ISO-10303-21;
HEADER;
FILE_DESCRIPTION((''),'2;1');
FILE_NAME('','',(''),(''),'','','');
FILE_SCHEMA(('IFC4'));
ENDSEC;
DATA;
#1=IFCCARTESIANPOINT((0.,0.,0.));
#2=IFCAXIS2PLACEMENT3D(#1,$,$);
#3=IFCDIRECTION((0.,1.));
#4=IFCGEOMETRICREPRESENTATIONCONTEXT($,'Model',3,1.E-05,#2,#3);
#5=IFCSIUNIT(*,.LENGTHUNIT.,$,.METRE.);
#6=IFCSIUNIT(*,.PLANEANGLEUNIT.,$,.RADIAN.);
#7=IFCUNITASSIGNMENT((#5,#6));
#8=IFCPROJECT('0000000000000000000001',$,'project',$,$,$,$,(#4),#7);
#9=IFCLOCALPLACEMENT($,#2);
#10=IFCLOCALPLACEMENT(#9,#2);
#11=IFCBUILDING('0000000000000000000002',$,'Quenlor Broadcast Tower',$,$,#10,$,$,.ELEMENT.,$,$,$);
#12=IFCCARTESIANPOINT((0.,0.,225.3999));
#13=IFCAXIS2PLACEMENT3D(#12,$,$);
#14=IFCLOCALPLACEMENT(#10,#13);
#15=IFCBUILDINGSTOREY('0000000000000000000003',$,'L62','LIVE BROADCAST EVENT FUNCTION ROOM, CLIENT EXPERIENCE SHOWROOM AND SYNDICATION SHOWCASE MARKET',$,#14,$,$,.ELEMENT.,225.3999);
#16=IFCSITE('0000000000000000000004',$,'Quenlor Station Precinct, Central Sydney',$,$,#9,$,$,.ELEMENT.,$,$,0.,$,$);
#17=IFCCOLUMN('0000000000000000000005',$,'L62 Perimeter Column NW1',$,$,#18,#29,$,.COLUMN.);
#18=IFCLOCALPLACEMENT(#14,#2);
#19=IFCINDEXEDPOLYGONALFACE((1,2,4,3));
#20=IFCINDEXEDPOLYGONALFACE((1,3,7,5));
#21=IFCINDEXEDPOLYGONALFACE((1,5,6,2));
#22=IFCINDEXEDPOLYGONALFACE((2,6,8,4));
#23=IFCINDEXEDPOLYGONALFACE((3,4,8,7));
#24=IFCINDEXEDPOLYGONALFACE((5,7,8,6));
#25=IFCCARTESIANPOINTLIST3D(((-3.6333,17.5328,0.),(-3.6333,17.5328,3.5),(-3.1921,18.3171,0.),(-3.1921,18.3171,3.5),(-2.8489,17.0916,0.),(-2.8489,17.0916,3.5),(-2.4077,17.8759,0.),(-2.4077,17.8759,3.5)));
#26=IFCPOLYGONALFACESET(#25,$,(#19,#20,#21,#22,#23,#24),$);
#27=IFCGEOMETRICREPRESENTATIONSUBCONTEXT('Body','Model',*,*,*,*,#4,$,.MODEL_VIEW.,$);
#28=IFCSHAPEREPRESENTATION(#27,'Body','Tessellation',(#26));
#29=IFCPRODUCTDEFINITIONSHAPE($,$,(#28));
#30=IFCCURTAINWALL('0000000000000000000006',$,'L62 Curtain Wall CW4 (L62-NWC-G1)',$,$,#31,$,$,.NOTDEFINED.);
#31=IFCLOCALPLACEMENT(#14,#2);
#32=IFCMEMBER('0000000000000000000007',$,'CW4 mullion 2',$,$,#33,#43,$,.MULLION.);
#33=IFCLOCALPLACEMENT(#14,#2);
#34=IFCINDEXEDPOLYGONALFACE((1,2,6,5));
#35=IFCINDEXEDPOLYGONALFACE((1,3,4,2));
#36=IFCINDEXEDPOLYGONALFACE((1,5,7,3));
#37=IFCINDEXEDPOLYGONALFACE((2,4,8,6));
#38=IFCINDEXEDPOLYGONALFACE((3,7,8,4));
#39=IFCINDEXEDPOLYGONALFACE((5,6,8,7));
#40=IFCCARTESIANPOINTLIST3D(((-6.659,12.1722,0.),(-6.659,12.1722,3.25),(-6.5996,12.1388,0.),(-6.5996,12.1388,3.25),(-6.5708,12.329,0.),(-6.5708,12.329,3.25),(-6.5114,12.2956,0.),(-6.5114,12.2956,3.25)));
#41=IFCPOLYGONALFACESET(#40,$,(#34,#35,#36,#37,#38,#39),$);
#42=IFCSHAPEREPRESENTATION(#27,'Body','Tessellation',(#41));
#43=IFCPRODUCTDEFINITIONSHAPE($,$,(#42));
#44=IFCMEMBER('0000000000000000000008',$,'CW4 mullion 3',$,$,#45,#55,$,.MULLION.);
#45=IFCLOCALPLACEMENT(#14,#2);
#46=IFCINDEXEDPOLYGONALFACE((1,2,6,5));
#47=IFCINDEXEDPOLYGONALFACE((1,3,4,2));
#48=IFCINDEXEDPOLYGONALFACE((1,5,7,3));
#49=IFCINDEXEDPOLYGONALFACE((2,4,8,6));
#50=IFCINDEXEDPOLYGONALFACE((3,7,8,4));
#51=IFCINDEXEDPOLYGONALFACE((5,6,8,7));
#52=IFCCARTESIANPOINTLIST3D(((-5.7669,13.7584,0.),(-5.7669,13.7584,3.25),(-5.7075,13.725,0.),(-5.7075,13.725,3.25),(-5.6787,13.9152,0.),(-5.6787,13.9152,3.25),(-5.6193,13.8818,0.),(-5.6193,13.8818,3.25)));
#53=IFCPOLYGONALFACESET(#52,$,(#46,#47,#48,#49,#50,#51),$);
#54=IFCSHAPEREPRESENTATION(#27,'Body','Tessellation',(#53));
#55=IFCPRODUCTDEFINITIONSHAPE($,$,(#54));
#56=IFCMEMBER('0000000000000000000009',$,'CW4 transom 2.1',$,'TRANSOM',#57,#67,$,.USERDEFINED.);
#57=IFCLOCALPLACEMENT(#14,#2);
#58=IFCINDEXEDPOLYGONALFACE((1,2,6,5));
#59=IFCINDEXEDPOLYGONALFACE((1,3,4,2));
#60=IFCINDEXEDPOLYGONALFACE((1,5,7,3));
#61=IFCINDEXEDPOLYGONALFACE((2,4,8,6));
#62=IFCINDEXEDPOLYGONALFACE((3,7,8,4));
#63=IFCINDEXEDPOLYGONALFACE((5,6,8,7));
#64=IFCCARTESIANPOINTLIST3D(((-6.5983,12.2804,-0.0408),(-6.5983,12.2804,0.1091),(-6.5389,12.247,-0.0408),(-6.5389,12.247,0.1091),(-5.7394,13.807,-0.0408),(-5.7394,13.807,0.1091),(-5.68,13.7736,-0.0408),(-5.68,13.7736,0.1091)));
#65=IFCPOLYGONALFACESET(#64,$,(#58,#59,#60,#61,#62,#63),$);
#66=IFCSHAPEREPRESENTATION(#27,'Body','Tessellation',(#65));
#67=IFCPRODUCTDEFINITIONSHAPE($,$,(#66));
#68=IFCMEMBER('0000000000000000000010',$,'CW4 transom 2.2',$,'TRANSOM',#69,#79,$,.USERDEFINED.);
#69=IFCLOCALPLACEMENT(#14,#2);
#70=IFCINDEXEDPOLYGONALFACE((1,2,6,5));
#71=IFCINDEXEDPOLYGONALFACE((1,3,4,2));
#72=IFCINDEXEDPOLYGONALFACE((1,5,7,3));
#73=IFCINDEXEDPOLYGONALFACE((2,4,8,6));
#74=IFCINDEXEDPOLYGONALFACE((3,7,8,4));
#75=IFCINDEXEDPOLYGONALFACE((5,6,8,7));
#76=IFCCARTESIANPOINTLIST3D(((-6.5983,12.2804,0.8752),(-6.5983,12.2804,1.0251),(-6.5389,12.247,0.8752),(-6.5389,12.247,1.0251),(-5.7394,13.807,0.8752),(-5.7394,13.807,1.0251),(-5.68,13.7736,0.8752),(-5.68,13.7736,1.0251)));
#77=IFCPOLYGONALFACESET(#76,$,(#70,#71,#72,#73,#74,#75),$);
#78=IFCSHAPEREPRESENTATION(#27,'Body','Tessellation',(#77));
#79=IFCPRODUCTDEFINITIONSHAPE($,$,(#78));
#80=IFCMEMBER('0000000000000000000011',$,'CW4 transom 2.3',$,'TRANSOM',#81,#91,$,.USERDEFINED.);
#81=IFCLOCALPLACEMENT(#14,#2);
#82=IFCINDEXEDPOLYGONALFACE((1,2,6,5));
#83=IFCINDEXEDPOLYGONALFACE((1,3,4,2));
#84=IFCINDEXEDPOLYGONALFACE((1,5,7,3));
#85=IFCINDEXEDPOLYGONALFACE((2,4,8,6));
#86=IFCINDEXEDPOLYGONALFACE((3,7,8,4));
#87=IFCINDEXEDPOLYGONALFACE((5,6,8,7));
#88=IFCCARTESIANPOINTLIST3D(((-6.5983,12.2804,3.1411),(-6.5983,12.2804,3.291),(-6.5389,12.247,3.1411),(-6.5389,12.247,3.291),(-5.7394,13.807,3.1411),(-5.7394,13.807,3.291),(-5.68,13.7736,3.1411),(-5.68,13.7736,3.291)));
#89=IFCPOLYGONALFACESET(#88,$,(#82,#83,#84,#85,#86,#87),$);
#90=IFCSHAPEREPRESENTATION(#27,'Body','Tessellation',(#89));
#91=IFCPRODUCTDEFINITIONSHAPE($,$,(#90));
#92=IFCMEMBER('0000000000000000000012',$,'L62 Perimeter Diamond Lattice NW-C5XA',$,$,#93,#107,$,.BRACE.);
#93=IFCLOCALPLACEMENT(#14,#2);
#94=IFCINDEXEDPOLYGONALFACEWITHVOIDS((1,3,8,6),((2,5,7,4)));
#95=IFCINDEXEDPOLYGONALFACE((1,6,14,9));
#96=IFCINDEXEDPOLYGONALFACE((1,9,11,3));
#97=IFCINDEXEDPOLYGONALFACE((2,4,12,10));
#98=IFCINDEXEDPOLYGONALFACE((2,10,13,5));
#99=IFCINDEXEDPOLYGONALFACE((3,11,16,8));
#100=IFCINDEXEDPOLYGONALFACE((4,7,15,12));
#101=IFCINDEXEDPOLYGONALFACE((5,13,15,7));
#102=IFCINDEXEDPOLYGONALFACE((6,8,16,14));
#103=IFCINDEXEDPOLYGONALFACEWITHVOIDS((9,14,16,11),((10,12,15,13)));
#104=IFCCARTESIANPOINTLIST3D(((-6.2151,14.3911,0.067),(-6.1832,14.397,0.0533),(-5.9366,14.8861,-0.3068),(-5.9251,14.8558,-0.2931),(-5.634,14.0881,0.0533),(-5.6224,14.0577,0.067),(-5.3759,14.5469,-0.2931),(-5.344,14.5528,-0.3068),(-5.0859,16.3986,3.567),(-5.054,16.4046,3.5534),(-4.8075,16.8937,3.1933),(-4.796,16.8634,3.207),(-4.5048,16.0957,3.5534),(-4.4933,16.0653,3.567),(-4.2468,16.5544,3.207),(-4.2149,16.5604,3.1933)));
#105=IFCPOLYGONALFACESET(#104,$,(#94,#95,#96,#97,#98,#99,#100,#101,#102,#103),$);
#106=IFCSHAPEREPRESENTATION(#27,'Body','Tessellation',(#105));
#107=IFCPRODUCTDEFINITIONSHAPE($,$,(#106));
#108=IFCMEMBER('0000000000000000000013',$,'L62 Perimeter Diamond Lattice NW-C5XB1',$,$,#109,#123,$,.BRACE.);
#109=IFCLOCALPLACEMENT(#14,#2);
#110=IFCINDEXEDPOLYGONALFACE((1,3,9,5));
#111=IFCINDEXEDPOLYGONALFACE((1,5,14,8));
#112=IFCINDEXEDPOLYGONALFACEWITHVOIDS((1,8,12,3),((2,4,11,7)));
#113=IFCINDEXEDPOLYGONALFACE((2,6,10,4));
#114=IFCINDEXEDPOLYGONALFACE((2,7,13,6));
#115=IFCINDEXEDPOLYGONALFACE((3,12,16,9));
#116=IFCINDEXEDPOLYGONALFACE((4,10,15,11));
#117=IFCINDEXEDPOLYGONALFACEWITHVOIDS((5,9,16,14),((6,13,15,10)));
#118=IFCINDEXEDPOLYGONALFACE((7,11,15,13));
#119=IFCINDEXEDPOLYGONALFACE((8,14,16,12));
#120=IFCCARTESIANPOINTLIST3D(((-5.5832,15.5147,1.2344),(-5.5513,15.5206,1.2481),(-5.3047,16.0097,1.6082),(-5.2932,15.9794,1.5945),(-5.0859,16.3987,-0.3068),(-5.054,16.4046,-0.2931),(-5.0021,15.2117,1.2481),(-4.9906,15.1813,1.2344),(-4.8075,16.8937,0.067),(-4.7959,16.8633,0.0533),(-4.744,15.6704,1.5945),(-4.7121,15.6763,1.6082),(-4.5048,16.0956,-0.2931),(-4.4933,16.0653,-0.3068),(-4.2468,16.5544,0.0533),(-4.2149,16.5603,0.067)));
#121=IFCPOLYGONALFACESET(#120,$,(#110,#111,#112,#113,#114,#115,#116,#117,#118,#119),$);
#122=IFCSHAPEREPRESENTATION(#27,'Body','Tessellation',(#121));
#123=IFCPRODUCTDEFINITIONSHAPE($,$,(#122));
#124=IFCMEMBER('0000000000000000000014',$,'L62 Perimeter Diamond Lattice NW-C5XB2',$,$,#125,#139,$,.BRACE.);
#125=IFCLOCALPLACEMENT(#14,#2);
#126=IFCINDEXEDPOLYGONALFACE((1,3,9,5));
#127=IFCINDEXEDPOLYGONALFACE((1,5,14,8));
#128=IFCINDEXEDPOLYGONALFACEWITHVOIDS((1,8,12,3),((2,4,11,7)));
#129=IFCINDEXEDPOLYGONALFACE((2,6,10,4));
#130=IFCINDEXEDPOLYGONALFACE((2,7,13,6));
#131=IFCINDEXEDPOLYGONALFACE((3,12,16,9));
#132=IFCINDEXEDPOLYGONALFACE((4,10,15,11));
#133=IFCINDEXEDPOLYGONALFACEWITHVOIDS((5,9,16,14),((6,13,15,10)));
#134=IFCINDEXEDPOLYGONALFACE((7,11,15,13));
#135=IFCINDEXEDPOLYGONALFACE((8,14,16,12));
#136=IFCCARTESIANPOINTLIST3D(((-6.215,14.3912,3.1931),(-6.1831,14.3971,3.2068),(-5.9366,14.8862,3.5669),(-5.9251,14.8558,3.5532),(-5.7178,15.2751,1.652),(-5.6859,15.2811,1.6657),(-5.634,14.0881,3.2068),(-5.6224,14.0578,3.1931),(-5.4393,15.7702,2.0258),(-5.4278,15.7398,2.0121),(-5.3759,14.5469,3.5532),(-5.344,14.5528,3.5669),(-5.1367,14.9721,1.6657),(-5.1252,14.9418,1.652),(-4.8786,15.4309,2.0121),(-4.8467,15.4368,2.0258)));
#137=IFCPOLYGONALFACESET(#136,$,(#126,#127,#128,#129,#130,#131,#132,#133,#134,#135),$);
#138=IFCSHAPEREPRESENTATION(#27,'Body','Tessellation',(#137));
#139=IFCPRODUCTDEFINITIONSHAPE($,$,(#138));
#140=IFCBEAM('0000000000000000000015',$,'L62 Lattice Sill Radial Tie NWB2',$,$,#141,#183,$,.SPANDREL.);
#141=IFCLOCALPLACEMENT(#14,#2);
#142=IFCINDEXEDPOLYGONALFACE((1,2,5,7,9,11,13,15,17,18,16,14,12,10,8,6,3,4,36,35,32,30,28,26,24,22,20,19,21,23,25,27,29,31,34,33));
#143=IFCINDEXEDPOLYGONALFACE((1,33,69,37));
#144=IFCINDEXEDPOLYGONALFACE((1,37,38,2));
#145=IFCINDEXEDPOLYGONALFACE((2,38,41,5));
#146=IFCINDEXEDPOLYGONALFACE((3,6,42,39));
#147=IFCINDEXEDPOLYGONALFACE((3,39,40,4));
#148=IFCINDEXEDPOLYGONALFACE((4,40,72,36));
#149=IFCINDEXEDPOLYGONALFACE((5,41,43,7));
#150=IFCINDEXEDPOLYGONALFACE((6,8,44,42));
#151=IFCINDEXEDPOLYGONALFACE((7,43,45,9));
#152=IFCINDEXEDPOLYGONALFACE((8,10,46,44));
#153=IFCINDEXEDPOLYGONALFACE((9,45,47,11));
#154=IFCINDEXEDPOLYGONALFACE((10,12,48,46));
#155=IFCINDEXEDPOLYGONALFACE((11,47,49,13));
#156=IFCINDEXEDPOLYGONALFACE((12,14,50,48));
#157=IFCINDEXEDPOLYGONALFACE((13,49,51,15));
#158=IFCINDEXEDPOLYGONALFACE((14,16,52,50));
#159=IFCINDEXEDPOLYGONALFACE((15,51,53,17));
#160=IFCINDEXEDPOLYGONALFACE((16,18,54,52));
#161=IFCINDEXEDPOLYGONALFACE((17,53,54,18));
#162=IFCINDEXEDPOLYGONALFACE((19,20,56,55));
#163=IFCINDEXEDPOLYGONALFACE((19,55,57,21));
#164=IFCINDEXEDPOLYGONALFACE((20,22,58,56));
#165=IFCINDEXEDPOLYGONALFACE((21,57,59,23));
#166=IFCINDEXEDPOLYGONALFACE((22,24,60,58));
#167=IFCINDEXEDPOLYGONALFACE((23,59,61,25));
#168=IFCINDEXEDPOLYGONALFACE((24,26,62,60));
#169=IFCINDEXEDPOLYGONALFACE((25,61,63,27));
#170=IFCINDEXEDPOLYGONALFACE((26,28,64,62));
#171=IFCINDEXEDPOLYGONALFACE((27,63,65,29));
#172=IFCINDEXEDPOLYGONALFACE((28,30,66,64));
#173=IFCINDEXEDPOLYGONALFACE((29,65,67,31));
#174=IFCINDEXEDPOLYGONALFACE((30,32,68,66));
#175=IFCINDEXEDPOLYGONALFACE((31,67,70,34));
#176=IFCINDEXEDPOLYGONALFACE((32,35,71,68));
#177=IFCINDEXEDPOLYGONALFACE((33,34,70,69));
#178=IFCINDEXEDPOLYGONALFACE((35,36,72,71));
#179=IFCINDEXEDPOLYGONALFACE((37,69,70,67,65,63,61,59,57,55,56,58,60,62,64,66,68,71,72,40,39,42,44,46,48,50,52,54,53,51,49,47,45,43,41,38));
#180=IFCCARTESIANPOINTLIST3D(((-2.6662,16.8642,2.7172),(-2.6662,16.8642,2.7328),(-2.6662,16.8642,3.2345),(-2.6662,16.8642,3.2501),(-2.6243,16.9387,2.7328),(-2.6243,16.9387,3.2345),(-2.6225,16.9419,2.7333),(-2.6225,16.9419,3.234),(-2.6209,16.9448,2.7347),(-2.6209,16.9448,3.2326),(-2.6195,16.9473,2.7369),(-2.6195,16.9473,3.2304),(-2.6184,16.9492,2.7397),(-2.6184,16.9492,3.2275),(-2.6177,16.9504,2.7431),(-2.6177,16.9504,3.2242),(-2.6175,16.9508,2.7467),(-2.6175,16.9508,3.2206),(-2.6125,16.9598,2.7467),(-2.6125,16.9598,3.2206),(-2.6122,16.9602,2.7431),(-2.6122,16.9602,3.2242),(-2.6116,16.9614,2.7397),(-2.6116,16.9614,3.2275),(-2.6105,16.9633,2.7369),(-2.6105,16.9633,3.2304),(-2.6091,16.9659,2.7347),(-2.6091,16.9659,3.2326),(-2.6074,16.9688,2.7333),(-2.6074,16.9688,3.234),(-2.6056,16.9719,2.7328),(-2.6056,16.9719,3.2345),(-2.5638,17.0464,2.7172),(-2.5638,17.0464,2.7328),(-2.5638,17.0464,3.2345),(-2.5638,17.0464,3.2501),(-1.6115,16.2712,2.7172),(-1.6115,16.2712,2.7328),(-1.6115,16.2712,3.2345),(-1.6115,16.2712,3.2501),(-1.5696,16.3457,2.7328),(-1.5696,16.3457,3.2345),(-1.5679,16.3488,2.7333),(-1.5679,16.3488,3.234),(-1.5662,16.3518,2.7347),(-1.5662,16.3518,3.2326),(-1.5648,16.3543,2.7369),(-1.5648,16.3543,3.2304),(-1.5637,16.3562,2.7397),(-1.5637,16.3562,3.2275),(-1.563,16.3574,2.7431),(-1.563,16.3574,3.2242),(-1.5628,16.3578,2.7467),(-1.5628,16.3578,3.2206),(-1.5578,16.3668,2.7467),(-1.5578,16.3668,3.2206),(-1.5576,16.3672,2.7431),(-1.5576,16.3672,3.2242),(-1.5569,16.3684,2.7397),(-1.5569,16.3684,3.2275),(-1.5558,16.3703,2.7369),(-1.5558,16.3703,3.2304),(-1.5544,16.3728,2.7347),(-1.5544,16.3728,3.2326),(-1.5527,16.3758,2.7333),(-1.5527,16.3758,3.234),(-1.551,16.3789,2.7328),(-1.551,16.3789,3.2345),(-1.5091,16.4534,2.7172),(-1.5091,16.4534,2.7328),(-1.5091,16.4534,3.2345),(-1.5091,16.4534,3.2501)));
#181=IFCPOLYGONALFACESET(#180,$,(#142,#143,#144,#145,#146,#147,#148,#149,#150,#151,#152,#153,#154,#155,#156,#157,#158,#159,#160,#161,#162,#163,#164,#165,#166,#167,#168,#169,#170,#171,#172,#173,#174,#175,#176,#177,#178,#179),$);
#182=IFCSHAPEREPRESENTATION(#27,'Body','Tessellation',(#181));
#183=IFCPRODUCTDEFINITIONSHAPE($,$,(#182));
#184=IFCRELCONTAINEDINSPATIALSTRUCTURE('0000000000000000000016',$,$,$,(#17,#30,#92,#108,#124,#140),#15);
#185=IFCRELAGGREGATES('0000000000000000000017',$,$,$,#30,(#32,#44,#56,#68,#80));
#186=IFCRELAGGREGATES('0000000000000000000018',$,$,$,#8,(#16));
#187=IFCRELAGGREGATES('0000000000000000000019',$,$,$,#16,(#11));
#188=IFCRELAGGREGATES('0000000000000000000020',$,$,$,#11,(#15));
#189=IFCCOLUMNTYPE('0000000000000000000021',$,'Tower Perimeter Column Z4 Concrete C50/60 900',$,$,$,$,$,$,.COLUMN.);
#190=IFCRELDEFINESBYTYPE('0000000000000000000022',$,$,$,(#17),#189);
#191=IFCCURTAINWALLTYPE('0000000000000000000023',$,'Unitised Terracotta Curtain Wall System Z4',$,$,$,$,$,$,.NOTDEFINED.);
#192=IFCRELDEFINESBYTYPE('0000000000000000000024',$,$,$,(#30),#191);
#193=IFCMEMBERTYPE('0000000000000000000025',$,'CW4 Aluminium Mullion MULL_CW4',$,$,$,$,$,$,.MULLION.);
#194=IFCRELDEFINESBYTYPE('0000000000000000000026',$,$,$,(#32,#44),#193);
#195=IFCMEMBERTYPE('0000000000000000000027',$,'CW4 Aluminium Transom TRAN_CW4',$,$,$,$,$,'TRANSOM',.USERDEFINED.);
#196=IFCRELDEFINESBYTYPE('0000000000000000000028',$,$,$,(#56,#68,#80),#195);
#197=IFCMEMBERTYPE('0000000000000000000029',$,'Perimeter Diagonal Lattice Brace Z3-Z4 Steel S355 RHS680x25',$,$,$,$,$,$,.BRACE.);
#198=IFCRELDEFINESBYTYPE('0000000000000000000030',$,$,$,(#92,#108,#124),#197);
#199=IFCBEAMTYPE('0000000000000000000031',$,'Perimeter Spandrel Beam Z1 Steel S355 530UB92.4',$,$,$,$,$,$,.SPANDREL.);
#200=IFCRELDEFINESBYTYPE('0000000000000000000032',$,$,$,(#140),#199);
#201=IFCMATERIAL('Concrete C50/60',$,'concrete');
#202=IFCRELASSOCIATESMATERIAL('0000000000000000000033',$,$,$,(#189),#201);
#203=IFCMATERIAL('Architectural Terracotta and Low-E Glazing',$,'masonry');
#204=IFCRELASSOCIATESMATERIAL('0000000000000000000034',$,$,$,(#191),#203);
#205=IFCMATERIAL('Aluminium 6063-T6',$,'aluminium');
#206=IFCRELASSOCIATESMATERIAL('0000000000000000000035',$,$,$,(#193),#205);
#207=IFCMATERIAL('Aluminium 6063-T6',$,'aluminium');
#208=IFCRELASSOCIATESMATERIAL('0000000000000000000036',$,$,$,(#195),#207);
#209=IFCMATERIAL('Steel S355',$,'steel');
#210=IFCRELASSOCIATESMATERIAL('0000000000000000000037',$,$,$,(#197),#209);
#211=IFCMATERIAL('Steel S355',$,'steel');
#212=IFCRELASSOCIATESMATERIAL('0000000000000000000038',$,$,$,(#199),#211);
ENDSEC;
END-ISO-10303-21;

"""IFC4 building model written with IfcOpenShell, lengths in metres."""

from ifc_helpers import new_model, si_unit, direction, frame, origin, origin_2d, place, context, subcontext, project, spatial, rectangle, hollow_rectangle, i_section, extrude, material, material_profile, profile_set, type_object, element, aggregate, save


model = new_model("IFC4")

# Units and contexts
model_context = context("Model", 3, precision=1e-05, world=origin(), true_north=direction((0.0, 1.0)))
body_context = subcontext(model_context, "Body", "Model", "MODEL_VIEW")
ifc_project = project(units=[si_unit("LENGTHUNIT", "METRE"), si_unit("PLANEANGLEUNIT", "RADIAN")], contexts=[model_context])

# Site, building, storey
site_placement = place(None, origin())
site = spatial("IfcSite", under=ifc_project, at=site_placement, Name="Quenlor Station Precinct, Central Sydney", CompositionType="ELEMENT", RefElevation=0.0)
building_placement = place(site_placement, origin())
building = spatial("IfcBuilding", under=site, at=building_placement, Name="Quenlor Broadcast Tower", CompositionType="ELEMENT")
storey_placement = place(building_placement, frame((0.0, 0.0, 225.3999)))
storey = spatial("IfcBuildingStorey", under=building, at=storey_placement, Name="L62", Description="LIVE BROADCAST EVENT FUNCTION ROOM, CLIENT EXPERIENCE SHOWROOM AND SYNDICATION SHOWCASE MARKET", CompositionType="ELEMENT", Elevation=225.3999)

# Column
ifc_material_1 = material(Name="Concrete C50/60", Category="concrete")
ifc_material_profile_1 = material_profile(ifc_material_1, rectangle(XDim=0.8999, YDim=0.8999, at=origin_2d()))
ifc_profile_set_1 = profile_set([ifc_material_profile_1], Name="Concrete C50/60 RC900x900")
column_type = type_object("IfcColumnType", Name="Tower Perimeter Column Z4 Concrete C50/60 900", PredefinedType="COLUMN", material=ifc_profile_set_1)
column_placement = place(storey_placement, frame((-3.0205, 17.7043, 0.0), z_axis=(0.0, 0.0, 1.0), x_axis=(-0.871575, 0.490262, 0.0)))
element("IfcColumn", 1, at=column_placement, inside=storey, type_object=column_type, Name="L62 Perimeter Column NW1", PredefinedType="COLUMN", context=body_context, shape_type="SweptSolid", body=[
    extrude(rectangle(XDim=0.8999, YDim=0.8999, at=origin_2d()), origin(), (0.0, 0.0, 1.0), 3.5),
])

# Curtain wall, members
ifc_material_2 = material(Name="Architectural Terracotta and Low-E Glazing", Category="masonry")
curtain_wall_type = type_object("IfcCurtainWallType", Name="Unitised Terracotta Curtain Wall System Z4", PredefinedType="NOTDEFINED", material=ifc_material_2)
curtain_wall_placement = place(storey_placement, origin())
curtain_wall = element("IfcCurtainWall", 2, at=curtain_wall_placement, inside=storey, type_object=curtain_wall_type, Name="L62 Curtain Wall CW4 (L62-NWC-G1)", PredefinedType="NOTDEFINED")
ifc_material_3 = material(Name="Aluminium 6063-T6", Category="aluminium")
ifc_material_profile_2 = material_profile(ifc_material_3, rectangle(XDim=0.0681, YDim=0.1799, at=origin_2d()))
ifc_profile_set_2 = profile_set([ifc_material_profile_2], Name="Aluminium 6063-T6 MULL68x180")
member_type_1 = type_object("IfcMemberType", Name="CW4 Aluminium Mullion MULL_CW4", PredefinedType="MULLION", material=ifc_profile_set_2)
member_1_placement = place(storey_placement, frame((-6.5852, 12.2339, 0.0), z_axis=(0.0, 0.0, 1.0), x_axis=(-0.871576, 0.49026, 0.0)))
member_1 = element("IfcMember", 3, at=member_1_placement, type_object=member_type_1, Name="CW4 mullion 2", PredefinedType="MULLION", context=body_context, shape_type="SweptSolid", body=[
    extrude(rectangle(XDim=0.0681, YDim=0.1799, at=origin_2d()), origin(), (0.0, 0.0, 1.0), 3.25),
])
member_2_placement = place(storey_placement, frame((-5.6931, 13.8201, 0.0), z_axis=(0.0, 0.0, 1.0), x_axis=(-0.871576, 0.49026, 0.0)))
member_2 = element("IfcMember", 4, at=member_2_placement, type_object=member_type_1, Name="CW4 mullion 3", PredefinedType="MULLION", context=body_context, shape_type="SweptSolid", body=[
    extrude(rectangle(XDim=0.0681, YDim=0.1799, at=origin_2d()), origin(), (0.0, 0.0, 1.0), 3.25),
])
ifc_material_4 = material(Name="Aluminium 6063-T6", Category="aluminium")
ifc_material_profile_3 = material_profile(ifc_material_4, rectangle(XDim=0.0681, YDim=0.1499, at=origin_2d()))
ifc_profile_set_3 = profile_set([ifc_material_profile_3], Name="Aluminium 6063-T6 TRAN68x150")
member_type_2 = type_object("IfcMemberType", Name="CW4 Aluminium Transom TRAN_CW4", ElementType="TRANSOM", PredefinedType="USERDEFINED", material=ifc_profile_set_3)
member_3_placement = place(storey_placement, frame((-6.5686, 12.2637, 0.0342), z_axis=(0.490334, 0.871535, 0.0), x_axis=(-0.871535, 0.490334, 0.0)))
member_3 = element("IfcMember", 5, at=member_3_placement, type_object=member_type_2, Name="CW4 transom 2.1", ObjectType="TRANSOM", PredefinedType="USERDEFINED", context=body_context, shape_type="SweptSolid", body=[
    extrude(rectangle(XDim=0.0681, YDim=0.1499, at=origin_2d()), origin(), (0.0, 0.0, 1.0), 1.7517),
])
member_4_placement = place(storey_placement, frame((-6.5686, 12.2637, 0.9502), z_axis=(0.490334, 0.871535, 0.0), x_axis=(-0.871535, 0.490334, 0.0)))
member_4 = element("IfcMember", 6, at=member_4_placement, type_object=member_type_2, Name="CW4 transom 2.2", ObjectType="TRANSOM", PredefinedType="USERDEFINED", context=body_context, shape_type="SweptSolid", body=[
    extrude(rectangle(XDim=0.0681, YDim=0.1499, at=origin_2d()), origin(), (0.0, 0.0, 1.0), 1.7517),
])
member_5_placement = place(storey_placement, frame((-6.5686, 12.2637, 3.2161), z_axis=(0.490334, 0.871535, 0.0), x_axis=(-0.871535, 0.490334, 0.0)))
member_5 = element("IfcMember", 7, at=member_5_placement, type_object=member_type_2, Name="CW4 transom 2.3", ObjectType="TRANSOM", PredefinedType="USERDEFINED", context=body_context, shape_type="SweptSolid", body=[
    extrude(rectangle(XDim=0.0681, YDim=0.1499, at=origin_2d()), origin(), (0.0, 0.0, 1.0), 1.7517),
])

# Members
ifc_material_5 = material(Name="Steel S355", Category="steel")
ifc_material_profile_4 = material_profile(ifc_material_5, hollow_rectangle(XDim=0.6799, YDim=0.6799, WallThickness=0.0249, at=origin_2d()))
ifc_profile_set_4 = profile_set([ifc_material_profile_4], Name="Steel S355 RHS680x680x25")
member_type_3 = type_object("IfcMemberType", Name="Perimeter Diagonal Lattice Brace Z3-Z4 Steel S355 RHS680x25", PredefinedType="BRACE", material=ifc_profile_set_4)
member_6_placement = place(storey_placement, frame((-5.7795, 14.4719, -0.1199), z_axis=(0.269493, 0.479144, 0.835341), x_axis=(-0.871595, 0.490226, 0.0)))
element("IfcMember", 8, at=member_6_placement, inside=storey, type_object=member_type_3, Name="L62 Perimeter Diamond Lattice NW-C5XA", PredefinedType="BRACE", context=body_context, shape_type="SweptSolid", body=[
    extrude(hollow_rectangle(XDim=0.6799, YDim=0.6799, WallThickness=0.0249, at=origin_2d()), origin(), (0.0, 0.0, 1.0), 4.1899),
])
for number, where, z_axis, x_axis, name in (
    (9, (-4.6504, 16.4795, -0.1199), (-0.269536, -0.47913, 0.835335), (0.871556, -0.490296, 0.0), "L62 Perimeter Diamond Lattice NW-C5XB1"),
    (10, (-5.2822, 15.356, 1.8389), (-0.269536, -0.47913, 0.835335), (0.871556, -0.490296, 0.0), "L62 Perimeter Diamond Lattice NW-C5XB2"),
):
    element("IfcMember", number, at=place(storey_placement, frame(where, z_axis=z_axis, x_axis=x_axis)), inside=storey, type_object=member_type_3, Name=name, PredefinedType="BRACE", context=body_context, shape_type="SweptSolid", body=[
        extrude(hollow_rectangle(XDim=0.6799, YDim=0.6799, WallThickness=0.0249, at=origin_2d()), origin(), (0.0, 0.0, 1.0), 1.845),
    ])

# Beam
ifc_material_6 = material(Name="Steel S355", Category="steel")
ifc_material_profile_5 = material_profile(ifc_material_6, i_section(OverallWidth=0.209, OverallDepth=0.533, WebThickness=0.0103, FlangeThickness=0.0156, FilletRadius=0.0139, at=origin_2d()))
ifc_profile_set_5 = profile_set([ifc_material_profile_5], Name="Steel S355 530UB92.4")
beam_type_1 = type_object("IfcBeamType", Name="Perimeter Spandrel Beam Z1 Steel S355 530UB92.4", PredefinedType="SPANDREL", material=ifc_profile_set_5)
beam_1_placement = place(storey_placement, frame((-1.5603, 16.3623, 2.9836), z_axis=(-0.871662, 0.490108, 0.0), x_axis=(-0.490108, -0.871662, 0.0)))
element("IfcBeam", 11, at=beam_1_placement, inside=storey, type_object=beam_type_1, Name="L62 Lattice Sill Radial Tie NWB2", PredefinedType="SPANDREL", context=body_context, shape_type="SweptSolid", body=[
    extrude(i_section(OverallWidth=0.209, OverallDepth=0.533, WebThickness=0.0103, FlangeThickness=0.0156, FilletRadius=0.0139, at=origin_2d()), origin(), (0.0, 0.0, 1.0), 1.21),
])

aggregate(curtain_wall, [member_1, member_2, member_3, member_4, member_5])

save(model, "model.ifc")
